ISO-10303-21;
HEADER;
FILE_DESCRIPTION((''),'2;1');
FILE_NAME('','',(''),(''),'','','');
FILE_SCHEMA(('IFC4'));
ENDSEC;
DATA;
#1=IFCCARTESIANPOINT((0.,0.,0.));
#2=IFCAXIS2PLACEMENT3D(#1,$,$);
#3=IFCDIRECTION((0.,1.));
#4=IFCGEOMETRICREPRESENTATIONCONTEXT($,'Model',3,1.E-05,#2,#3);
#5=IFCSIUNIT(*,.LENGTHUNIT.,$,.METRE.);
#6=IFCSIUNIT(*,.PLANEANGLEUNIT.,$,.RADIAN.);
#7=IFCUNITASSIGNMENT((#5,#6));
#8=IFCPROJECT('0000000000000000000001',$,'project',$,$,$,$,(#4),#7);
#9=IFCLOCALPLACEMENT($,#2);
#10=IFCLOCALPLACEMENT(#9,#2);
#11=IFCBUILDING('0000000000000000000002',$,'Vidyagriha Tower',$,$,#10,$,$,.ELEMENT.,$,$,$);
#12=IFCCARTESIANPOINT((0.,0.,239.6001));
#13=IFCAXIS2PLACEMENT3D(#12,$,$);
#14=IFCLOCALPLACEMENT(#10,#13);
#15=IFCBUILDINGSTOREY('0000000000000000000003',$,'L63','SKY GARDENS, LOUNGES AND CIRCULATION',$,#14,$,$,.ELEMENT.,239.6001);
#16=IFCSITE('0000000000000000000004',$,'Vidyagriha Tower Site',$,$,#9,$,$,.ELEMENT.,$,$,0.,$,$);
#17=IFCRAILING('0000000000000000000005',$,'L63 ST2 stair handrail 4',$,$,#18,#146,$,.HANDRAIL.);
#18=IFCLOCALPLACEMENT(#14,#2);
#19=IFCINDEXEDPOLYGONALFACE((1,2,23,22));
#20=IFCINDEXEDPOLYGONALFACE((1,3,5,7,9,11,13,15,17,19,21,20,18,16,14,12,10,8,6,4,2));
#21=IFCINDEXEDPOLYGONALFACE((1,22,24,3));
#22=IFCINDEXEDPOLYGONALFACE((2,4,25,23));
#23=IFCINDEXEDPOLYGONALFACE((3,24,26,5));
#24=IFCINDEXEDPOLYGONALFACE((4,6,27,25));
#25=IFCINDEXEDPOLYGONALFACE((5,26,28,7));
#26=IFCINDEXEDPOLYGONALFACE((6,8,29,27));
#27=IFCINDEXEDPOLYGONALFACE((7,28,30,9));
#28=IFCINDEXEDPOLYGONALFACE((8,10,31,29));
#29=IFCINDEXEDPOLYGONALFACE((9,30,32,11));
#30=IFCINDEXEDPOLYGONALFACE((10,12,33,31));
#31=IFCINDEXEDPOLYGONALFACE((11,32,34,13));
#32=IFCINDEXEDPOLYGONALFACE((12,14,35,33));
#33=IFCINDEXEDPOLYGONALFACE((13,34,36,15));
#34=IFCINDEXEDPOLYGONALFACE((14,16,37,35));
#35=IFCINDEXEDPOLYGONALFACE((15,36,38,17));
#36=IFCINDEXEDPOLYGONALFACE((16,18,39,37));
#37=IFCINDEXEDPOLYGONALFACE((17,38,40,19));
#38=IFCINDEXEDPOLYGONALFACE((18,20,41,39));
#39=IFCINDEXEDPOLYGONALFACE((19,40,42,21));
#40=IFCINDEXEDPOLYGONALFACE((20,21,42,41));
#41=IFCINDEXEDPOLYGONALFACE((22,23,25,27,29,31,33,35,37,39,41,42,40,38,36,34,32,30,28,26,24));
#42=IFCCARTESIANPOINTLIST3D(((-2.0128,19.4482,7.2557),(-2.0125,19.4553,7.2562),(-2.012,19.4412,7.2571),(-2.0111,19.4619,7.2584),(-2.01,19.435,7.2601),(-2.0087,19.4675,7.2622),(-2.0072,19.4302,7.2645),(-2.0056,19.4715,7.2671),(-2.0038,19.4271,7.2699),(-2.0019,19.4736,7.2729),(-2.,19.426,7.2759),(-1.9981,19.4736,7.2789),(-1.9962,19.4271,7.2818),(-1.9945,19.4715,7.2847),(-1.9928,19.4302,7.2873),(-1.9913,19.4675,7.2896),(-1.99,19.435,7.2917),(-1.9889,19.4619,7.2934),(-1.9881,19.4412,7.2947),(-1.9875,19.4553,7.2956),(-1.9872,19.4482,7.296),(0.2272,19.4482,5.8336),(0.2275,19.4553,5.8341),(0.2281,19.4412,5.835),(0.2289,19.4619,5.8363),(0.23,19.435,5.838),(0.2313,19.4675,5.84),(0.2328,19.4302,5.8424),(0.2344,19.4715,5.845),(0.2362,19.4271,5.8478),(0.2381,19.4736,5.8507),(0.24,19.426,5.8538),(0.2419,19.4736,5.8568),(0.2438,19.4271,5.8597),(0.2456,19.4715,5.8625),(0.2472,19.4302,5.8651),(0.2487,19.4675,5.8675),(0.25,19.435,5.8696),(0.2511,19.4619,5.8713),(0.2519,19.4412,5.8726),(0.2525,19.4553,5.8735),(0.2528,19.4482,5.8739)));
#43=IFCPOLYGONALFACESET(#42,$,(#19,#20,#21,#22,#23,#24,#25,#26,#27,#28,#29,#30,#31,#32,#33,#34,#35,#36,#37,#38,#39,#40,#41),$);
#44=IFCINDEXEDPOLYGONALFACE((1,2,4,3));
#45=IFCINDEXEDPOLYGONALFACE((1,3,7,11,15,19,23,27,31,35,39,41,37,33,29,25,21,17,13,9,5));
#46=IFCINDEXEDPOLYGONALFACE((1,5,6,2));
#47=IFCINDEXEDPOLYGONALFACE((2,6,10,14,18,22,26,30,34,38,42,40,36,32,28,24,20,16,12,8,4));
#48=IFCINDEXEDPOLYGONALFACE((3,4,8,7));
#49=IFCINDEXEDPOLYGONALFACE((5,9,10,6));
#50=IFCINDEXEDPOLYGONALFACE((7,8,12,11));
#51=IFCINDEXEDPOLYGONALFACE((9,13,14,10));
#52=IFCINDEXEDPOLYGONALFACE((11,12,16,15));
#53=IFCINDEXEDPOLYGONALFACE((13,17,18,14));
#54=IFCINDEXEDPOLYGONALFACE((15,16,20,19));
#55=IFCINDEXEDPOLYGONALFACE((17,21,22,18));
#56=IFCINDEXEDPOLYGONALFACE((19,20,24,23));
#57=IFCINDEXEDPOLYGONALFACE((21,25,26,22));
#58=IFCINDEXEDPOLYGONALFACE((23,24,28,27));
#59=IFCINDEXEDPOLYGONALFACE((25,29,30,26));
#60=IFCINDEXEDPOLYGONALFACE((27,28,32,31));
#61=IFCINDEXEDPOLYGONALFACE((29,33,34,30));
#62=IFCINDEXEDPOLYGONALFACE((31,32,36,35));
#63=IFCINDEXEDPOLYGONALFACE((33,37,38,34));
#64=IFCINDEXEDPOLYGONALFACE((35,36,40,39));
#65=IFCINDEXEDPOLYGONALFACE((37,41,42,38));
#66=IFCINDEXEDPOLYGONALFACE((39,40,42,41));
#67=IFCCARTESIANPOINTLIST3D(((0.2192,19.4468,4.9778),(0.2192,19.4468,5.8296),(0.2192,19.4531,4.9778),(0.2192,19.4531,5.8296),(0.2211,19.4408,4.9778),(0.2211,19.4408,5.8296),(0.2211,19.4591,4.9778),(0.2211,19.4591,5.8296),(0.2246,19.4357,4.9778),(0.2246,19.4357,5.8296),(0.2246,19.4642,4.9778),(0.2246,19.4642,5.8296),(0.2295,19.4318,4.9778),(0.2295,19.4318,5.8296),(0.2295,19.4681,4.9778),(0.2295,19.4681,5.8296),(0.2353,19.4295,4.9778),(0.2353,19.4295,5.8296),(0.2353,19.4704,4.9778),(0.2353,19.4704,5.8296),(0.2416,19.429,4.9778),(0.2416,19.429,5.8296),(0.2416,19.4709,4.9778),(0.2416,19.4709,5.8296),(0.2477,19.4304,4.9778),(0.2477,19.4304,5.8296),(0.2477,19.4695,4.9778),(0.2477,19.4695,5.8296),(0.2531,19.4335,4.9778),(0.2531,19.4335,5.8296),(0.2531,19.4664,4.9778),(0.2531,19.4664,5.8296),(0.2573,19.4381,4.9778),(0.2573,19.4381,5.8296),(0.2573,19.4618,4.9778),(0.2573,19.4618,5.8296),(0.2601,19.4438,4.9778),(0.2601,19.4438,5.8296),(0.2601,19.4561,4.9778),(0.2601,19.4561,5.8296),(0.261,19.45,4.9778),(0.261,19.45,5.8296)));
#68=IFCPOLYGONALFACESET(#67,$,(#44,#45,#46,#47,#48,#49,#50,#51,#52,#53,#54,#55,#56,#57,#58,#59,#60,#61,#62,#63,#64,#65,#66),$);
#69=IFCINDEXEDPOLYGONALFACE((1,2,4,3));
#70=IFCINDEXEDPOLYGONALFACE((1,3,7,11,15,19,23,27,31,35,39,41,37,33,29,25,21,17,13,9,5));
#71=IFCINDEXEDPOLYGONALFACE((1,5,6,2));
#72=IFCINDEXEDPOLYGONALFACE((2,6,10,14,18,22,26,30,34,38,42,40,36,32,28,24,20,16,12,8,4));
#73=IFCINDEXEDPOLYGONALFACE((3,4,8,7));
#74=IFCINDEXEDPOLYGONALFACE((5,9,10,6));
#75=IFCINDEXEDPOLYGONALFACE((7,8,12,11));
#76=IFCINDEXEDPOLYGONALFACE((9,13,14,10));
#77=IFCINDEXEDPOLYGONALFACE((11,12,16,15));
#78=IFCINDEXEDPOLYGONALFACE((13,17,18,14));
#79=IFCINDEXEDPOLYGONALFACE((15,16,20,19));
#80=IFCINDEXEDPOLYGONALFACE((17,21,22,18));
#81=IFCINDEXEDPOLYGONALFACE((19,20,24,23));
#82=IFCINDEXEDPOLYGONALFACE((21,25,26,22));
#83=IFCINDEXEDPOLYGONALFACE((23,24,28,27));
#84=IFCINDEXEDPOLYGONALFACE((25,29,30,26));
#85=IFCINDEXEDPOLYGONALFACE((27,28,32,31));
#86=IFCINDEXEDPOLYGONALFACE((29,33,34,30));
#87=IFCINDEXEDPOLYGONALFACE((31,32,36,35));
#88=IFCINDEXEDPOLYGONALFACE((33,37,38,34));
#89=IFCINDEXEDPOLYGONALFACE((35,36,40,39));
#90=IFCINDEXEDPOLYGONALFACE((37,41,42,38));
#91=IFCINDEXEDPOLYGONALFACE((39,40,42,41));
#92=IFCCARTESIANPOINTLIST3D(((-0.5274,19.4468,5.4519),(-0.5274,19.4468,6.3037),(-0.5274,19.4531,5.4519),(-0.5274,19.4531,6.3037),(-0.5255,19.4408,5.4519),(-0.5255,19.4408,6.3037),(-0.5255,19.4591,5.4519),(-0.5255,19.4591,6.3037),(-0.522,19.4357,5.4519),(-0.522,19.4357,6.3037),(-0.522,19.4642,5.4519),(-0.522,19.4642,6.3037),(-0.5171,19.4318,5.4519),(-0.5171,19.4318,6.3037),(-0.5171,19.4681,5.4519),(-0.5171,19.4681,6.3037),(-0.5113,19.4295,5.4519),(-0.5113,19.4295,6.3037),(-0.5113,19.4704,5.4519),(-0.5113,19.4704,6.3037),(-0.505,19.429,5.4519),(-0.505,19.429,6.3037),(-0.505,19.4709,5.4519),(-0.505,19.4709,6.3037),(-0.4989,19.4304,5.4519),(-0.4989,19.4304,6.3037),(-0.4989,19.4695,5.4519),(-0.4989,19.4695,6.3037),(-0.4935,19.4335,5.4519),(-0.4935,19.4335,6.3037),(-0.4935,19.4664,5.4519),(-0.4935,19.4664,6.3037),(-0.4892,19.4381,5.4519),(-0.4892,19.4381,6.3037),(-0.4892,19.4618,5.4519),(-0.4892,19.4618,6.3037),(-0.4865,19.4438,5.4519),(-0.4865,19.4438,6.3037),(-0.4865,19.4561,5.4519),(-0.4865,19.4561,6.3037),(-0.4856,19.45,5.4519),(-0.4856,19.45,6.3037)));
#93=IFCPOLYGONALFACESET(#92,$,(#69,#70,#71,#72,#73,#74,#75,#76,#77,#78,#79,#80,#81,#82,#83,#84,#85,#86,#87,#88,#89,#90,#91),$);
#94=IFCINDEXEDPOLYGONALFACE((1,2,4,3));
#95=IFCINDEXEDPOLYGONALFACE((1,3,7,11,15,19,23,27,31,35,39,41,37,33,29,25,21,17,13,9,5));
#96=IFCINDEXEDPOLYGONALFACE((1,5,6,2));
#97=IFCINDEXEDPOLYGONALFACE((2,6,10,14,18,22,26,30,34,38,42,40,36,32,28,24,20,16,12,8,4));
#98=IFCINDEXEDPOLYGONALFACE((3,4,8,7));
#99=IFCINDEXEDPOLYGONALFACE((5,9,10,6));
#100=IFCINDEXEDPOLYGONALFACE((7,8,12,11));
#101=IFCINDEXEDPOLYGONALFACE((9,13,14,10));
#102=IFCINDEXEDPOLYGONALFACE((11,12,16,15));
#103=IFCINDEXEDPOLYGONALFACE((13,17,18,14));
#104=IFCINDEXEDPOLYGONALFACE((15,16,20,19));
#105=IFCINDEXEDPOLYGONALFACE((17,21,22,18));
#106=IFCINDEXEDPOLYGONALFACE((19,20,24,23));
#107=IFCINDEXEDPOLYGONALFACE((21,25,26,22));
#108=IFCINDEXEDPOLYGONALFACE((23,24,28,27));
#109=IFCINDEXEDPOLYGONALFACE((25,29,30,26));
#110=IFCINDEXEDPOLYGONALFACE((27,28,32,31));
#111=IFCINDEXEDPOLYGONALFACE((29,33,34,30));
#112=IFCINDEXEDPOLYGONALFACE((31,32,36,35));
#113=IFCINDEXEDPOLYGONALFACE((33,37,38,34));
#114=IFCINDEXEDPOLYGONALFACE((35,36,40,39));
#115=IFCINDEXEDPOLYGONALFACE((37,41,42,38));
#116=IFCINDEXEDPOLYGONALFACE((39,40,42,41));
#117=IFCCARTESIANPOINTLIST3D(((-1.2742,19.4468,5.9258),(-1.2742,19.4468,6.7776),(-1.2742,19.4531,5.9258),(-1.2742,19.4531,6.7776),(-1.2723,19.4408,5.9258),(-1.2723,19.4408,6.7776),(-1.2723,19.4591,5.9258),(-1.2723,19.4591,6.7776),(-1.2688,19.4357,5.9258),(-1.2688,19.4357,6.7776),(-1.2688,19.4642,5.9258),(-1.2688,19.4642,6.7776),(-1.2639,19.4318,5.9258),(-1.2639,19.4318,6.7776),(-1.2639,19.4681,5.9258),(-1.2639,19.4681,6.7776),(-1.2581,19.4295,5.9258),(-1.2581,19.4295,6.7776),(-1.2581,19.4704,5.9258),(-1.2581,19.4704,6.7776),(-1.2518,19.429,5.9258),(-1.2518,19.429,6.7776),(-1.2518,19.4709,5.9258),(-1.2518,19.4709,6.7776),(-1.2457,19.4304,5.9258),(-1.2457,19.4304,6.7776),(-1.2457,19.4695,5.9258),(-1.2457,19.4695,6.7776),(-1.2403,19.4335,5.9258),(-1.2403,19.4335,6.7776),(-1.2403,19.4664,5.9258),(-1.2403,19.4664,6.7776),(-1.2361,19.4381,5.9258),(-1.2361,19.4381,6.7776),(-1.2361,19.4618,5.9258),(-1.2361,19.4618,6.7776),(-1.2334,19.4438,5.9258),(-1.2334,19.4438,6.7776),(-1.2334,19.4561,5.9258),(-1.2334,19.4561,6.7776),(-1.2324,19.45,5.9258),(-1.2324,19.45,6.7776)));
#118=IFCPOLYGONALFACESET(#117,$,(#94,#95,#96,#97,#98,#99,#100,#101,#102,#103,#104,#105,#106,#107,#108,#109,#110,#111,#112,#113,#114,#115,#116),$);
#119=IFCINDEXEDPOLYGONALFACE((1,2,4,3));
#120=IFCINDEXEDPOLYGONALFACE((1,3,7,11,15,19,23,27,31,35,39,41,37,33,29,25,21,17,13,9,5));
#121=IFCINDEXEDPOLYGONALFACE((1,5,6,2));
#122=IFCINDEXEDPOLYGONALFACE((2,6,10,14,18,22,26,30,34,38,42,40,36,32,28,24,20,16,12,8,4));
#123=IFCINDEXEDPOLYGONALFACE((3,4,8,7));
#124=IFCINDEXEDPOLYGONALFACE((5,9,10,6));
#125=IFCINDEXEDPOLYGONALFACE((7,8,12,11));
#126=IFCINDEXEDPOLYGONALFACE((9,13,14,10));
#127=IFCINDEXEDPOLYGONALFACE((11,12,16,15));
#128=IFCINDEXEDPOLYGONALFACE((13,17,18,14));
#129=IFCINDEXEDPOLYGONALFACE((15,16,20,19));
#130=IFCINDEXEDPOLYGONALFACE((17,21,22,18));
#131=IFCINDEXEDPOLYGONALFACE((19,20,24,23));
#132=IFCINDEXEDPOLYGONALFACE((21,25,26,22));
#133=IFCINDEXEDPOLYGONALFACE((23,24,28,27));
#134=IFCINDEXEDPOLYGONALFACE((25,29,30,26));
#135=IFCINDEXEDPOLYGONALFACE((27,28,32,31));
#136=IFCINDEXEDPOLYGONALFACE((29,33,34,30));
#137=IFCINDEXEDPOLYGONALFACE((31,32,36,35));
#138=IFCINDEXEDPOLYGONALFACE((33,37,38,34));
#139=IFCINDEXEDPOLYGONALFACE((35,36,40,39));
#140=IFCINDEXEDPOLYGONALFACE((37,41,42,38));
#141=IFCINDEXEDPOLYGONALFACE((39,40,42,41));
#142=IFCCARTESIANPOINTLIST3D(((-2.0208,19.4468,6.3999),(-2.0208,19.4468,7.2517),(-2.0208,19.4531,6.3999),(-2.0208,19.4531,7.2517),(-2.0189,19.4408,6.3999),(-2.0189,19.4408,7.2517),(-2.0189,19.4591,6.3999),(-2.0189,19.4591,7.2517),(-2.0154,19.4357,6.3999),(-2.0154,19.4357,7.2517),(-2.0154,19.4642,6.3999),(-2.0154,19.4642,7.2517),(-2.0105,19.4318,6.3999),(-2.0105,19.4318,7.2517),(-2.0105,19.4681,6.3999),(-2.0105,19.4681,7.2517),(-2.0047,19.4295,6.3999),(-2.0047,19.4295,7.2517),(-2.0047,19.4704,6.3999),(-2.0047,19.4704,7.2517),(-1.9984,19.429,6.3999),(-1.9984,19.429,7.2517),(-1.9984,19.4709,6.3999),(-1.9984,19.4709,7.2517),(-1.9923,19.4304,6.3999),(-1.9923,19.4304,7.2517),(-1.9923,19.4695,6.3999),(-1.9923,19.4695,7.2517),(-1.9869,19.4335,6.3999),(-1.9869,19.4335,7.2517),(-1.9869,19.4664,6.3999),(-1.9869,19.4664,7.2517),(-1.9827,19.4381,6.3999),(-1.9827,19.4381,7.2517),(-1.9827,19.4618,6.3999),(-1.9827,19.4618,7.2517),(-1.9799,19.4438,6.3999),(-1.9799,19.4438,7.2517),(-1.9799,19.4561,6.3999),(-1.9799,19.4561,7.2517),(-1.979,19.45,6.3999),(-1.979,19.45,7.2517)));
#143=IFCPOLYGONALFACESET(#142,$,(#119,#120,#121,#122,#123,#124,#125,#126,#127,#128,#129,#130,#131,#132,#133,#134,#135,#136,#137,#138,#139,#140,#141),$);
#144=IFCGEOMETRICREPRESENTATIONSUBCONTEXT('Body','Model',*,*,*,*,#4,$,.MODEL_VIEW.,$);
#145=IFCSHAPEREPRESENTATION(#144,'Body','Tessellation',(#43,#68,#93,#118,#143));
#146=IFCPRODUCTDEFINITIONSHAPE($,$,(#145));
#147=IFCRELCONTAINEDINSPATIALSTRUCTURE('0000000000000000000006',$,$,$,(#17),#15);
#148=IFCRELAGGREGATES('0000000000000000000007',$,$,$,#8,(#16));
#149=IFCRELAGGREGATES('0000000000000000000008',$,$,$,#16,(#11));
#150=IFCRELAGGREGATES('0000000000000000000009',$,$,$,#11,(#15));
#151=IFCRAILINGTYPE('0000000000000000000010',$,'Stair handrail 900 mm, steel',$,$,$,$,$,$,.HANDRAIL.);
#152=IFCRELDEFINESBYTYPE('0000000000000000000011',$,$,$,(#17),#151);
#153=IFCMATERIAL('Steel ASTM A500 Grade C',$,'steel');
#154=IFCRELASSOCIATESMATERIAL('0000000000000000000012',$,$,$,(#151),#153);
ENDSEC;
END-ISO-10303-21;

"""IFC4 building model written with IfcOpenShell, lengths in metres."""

from ifc_helpers import new_model, si_unit, direction, frame, origin, origin_2d, place, context, subcontext, project, spatial, circle, extrude, material, type_object, element, save


model = new_model("IFC4")

# Units and contexts
model_context = context("Model", 3, precision=1e-05, world=origin(), true_north=direction((0.0, 1.0)))
body_context = subcontext(model_context, "Body", "Model", "MODEL_VIEW")
ifc_project = project(units=[si_unit("LENGTHUNIT", "METRE"), si_unit("PLANEANGLEUNIT", "RADIAN")], contexts=[model_context])

# Site, building, storey
site_placement = place(None, origin())
site = spatial("IfcSite", under=ifc_project, at=site_placement, Name="Vidyagriha Tower Site", CompositionType="ELEMENT", RefElevation=0.0)
building_placement = place(site_placement, origin())
building = spatial("IfcBuilding", under=site, at=building_placement, Name="Vidyagriha Tower", CompositionType="ELEMENT")
storey_placement = place(building_placement, frame((0.0, 0.0, 239.6001)))
storey = spatial("IfcBuildingStorey", under=building, at=storey_placement, Name="L63", Description="SKY GARDENS, LOUNGES AND CIRCULATION", CompositionType="ELEMENT", Elevation=239.6001)

# Railing
ifc_material_1 = material(Name="Steel ASTM A500 Grade C", Category="steel")
railing_type_1 = type_object("IfcRailingType", Name="Stair handrail 900 mm, steel", PredefinedType="HANDRAIL", material=ifc_material_1)
for number, where, name in (
    (1, (0.24, 19.45, 4.9778), "L63 ST2 stair handrail 4"),
):
    element("IfcRailing", number, at=place(storey_placement, frame(where)), inside=storey, type_object=railing_type_1, Name=name, PredefinedType="HANDRAIL", context=body_context, shape_type="SweptSolid", body=[
        extrude(circle(Radius=0.0239, at=origin_2d()), frame((0.0, 0.0, 0.876), z_axis=(-0.844229, 0.0, 0.535982), x_axis=(0.0, -1.0, 0.0)), (0.0, 0.0, 1.0), 2.6533),
        extrude(circle(Radius=0.021, at=origin_2d()), origin(), (0.0, 0.0, 1.0), 0.8518),
        extrude(circle(Radius=0.021, at=origin_2d()), frame((-0.7466, 0.0, 0.4741)), (0.0, 0.0, 1.0), 0.8518),
        extrude(circle(Radius=0.021, at=origin_2d()), frame((-1.4934, 0.0, 0.948)), (0.0, 0.0, 1.0), 0.8518),
        extrude(circle(Radius=0.021, at=origin_2d()), frame((-2.24, 0.0, 1.4221)), (0.0, 0.0, 1.0), 0.8518),
    ])

save(model, "model.ifc")
